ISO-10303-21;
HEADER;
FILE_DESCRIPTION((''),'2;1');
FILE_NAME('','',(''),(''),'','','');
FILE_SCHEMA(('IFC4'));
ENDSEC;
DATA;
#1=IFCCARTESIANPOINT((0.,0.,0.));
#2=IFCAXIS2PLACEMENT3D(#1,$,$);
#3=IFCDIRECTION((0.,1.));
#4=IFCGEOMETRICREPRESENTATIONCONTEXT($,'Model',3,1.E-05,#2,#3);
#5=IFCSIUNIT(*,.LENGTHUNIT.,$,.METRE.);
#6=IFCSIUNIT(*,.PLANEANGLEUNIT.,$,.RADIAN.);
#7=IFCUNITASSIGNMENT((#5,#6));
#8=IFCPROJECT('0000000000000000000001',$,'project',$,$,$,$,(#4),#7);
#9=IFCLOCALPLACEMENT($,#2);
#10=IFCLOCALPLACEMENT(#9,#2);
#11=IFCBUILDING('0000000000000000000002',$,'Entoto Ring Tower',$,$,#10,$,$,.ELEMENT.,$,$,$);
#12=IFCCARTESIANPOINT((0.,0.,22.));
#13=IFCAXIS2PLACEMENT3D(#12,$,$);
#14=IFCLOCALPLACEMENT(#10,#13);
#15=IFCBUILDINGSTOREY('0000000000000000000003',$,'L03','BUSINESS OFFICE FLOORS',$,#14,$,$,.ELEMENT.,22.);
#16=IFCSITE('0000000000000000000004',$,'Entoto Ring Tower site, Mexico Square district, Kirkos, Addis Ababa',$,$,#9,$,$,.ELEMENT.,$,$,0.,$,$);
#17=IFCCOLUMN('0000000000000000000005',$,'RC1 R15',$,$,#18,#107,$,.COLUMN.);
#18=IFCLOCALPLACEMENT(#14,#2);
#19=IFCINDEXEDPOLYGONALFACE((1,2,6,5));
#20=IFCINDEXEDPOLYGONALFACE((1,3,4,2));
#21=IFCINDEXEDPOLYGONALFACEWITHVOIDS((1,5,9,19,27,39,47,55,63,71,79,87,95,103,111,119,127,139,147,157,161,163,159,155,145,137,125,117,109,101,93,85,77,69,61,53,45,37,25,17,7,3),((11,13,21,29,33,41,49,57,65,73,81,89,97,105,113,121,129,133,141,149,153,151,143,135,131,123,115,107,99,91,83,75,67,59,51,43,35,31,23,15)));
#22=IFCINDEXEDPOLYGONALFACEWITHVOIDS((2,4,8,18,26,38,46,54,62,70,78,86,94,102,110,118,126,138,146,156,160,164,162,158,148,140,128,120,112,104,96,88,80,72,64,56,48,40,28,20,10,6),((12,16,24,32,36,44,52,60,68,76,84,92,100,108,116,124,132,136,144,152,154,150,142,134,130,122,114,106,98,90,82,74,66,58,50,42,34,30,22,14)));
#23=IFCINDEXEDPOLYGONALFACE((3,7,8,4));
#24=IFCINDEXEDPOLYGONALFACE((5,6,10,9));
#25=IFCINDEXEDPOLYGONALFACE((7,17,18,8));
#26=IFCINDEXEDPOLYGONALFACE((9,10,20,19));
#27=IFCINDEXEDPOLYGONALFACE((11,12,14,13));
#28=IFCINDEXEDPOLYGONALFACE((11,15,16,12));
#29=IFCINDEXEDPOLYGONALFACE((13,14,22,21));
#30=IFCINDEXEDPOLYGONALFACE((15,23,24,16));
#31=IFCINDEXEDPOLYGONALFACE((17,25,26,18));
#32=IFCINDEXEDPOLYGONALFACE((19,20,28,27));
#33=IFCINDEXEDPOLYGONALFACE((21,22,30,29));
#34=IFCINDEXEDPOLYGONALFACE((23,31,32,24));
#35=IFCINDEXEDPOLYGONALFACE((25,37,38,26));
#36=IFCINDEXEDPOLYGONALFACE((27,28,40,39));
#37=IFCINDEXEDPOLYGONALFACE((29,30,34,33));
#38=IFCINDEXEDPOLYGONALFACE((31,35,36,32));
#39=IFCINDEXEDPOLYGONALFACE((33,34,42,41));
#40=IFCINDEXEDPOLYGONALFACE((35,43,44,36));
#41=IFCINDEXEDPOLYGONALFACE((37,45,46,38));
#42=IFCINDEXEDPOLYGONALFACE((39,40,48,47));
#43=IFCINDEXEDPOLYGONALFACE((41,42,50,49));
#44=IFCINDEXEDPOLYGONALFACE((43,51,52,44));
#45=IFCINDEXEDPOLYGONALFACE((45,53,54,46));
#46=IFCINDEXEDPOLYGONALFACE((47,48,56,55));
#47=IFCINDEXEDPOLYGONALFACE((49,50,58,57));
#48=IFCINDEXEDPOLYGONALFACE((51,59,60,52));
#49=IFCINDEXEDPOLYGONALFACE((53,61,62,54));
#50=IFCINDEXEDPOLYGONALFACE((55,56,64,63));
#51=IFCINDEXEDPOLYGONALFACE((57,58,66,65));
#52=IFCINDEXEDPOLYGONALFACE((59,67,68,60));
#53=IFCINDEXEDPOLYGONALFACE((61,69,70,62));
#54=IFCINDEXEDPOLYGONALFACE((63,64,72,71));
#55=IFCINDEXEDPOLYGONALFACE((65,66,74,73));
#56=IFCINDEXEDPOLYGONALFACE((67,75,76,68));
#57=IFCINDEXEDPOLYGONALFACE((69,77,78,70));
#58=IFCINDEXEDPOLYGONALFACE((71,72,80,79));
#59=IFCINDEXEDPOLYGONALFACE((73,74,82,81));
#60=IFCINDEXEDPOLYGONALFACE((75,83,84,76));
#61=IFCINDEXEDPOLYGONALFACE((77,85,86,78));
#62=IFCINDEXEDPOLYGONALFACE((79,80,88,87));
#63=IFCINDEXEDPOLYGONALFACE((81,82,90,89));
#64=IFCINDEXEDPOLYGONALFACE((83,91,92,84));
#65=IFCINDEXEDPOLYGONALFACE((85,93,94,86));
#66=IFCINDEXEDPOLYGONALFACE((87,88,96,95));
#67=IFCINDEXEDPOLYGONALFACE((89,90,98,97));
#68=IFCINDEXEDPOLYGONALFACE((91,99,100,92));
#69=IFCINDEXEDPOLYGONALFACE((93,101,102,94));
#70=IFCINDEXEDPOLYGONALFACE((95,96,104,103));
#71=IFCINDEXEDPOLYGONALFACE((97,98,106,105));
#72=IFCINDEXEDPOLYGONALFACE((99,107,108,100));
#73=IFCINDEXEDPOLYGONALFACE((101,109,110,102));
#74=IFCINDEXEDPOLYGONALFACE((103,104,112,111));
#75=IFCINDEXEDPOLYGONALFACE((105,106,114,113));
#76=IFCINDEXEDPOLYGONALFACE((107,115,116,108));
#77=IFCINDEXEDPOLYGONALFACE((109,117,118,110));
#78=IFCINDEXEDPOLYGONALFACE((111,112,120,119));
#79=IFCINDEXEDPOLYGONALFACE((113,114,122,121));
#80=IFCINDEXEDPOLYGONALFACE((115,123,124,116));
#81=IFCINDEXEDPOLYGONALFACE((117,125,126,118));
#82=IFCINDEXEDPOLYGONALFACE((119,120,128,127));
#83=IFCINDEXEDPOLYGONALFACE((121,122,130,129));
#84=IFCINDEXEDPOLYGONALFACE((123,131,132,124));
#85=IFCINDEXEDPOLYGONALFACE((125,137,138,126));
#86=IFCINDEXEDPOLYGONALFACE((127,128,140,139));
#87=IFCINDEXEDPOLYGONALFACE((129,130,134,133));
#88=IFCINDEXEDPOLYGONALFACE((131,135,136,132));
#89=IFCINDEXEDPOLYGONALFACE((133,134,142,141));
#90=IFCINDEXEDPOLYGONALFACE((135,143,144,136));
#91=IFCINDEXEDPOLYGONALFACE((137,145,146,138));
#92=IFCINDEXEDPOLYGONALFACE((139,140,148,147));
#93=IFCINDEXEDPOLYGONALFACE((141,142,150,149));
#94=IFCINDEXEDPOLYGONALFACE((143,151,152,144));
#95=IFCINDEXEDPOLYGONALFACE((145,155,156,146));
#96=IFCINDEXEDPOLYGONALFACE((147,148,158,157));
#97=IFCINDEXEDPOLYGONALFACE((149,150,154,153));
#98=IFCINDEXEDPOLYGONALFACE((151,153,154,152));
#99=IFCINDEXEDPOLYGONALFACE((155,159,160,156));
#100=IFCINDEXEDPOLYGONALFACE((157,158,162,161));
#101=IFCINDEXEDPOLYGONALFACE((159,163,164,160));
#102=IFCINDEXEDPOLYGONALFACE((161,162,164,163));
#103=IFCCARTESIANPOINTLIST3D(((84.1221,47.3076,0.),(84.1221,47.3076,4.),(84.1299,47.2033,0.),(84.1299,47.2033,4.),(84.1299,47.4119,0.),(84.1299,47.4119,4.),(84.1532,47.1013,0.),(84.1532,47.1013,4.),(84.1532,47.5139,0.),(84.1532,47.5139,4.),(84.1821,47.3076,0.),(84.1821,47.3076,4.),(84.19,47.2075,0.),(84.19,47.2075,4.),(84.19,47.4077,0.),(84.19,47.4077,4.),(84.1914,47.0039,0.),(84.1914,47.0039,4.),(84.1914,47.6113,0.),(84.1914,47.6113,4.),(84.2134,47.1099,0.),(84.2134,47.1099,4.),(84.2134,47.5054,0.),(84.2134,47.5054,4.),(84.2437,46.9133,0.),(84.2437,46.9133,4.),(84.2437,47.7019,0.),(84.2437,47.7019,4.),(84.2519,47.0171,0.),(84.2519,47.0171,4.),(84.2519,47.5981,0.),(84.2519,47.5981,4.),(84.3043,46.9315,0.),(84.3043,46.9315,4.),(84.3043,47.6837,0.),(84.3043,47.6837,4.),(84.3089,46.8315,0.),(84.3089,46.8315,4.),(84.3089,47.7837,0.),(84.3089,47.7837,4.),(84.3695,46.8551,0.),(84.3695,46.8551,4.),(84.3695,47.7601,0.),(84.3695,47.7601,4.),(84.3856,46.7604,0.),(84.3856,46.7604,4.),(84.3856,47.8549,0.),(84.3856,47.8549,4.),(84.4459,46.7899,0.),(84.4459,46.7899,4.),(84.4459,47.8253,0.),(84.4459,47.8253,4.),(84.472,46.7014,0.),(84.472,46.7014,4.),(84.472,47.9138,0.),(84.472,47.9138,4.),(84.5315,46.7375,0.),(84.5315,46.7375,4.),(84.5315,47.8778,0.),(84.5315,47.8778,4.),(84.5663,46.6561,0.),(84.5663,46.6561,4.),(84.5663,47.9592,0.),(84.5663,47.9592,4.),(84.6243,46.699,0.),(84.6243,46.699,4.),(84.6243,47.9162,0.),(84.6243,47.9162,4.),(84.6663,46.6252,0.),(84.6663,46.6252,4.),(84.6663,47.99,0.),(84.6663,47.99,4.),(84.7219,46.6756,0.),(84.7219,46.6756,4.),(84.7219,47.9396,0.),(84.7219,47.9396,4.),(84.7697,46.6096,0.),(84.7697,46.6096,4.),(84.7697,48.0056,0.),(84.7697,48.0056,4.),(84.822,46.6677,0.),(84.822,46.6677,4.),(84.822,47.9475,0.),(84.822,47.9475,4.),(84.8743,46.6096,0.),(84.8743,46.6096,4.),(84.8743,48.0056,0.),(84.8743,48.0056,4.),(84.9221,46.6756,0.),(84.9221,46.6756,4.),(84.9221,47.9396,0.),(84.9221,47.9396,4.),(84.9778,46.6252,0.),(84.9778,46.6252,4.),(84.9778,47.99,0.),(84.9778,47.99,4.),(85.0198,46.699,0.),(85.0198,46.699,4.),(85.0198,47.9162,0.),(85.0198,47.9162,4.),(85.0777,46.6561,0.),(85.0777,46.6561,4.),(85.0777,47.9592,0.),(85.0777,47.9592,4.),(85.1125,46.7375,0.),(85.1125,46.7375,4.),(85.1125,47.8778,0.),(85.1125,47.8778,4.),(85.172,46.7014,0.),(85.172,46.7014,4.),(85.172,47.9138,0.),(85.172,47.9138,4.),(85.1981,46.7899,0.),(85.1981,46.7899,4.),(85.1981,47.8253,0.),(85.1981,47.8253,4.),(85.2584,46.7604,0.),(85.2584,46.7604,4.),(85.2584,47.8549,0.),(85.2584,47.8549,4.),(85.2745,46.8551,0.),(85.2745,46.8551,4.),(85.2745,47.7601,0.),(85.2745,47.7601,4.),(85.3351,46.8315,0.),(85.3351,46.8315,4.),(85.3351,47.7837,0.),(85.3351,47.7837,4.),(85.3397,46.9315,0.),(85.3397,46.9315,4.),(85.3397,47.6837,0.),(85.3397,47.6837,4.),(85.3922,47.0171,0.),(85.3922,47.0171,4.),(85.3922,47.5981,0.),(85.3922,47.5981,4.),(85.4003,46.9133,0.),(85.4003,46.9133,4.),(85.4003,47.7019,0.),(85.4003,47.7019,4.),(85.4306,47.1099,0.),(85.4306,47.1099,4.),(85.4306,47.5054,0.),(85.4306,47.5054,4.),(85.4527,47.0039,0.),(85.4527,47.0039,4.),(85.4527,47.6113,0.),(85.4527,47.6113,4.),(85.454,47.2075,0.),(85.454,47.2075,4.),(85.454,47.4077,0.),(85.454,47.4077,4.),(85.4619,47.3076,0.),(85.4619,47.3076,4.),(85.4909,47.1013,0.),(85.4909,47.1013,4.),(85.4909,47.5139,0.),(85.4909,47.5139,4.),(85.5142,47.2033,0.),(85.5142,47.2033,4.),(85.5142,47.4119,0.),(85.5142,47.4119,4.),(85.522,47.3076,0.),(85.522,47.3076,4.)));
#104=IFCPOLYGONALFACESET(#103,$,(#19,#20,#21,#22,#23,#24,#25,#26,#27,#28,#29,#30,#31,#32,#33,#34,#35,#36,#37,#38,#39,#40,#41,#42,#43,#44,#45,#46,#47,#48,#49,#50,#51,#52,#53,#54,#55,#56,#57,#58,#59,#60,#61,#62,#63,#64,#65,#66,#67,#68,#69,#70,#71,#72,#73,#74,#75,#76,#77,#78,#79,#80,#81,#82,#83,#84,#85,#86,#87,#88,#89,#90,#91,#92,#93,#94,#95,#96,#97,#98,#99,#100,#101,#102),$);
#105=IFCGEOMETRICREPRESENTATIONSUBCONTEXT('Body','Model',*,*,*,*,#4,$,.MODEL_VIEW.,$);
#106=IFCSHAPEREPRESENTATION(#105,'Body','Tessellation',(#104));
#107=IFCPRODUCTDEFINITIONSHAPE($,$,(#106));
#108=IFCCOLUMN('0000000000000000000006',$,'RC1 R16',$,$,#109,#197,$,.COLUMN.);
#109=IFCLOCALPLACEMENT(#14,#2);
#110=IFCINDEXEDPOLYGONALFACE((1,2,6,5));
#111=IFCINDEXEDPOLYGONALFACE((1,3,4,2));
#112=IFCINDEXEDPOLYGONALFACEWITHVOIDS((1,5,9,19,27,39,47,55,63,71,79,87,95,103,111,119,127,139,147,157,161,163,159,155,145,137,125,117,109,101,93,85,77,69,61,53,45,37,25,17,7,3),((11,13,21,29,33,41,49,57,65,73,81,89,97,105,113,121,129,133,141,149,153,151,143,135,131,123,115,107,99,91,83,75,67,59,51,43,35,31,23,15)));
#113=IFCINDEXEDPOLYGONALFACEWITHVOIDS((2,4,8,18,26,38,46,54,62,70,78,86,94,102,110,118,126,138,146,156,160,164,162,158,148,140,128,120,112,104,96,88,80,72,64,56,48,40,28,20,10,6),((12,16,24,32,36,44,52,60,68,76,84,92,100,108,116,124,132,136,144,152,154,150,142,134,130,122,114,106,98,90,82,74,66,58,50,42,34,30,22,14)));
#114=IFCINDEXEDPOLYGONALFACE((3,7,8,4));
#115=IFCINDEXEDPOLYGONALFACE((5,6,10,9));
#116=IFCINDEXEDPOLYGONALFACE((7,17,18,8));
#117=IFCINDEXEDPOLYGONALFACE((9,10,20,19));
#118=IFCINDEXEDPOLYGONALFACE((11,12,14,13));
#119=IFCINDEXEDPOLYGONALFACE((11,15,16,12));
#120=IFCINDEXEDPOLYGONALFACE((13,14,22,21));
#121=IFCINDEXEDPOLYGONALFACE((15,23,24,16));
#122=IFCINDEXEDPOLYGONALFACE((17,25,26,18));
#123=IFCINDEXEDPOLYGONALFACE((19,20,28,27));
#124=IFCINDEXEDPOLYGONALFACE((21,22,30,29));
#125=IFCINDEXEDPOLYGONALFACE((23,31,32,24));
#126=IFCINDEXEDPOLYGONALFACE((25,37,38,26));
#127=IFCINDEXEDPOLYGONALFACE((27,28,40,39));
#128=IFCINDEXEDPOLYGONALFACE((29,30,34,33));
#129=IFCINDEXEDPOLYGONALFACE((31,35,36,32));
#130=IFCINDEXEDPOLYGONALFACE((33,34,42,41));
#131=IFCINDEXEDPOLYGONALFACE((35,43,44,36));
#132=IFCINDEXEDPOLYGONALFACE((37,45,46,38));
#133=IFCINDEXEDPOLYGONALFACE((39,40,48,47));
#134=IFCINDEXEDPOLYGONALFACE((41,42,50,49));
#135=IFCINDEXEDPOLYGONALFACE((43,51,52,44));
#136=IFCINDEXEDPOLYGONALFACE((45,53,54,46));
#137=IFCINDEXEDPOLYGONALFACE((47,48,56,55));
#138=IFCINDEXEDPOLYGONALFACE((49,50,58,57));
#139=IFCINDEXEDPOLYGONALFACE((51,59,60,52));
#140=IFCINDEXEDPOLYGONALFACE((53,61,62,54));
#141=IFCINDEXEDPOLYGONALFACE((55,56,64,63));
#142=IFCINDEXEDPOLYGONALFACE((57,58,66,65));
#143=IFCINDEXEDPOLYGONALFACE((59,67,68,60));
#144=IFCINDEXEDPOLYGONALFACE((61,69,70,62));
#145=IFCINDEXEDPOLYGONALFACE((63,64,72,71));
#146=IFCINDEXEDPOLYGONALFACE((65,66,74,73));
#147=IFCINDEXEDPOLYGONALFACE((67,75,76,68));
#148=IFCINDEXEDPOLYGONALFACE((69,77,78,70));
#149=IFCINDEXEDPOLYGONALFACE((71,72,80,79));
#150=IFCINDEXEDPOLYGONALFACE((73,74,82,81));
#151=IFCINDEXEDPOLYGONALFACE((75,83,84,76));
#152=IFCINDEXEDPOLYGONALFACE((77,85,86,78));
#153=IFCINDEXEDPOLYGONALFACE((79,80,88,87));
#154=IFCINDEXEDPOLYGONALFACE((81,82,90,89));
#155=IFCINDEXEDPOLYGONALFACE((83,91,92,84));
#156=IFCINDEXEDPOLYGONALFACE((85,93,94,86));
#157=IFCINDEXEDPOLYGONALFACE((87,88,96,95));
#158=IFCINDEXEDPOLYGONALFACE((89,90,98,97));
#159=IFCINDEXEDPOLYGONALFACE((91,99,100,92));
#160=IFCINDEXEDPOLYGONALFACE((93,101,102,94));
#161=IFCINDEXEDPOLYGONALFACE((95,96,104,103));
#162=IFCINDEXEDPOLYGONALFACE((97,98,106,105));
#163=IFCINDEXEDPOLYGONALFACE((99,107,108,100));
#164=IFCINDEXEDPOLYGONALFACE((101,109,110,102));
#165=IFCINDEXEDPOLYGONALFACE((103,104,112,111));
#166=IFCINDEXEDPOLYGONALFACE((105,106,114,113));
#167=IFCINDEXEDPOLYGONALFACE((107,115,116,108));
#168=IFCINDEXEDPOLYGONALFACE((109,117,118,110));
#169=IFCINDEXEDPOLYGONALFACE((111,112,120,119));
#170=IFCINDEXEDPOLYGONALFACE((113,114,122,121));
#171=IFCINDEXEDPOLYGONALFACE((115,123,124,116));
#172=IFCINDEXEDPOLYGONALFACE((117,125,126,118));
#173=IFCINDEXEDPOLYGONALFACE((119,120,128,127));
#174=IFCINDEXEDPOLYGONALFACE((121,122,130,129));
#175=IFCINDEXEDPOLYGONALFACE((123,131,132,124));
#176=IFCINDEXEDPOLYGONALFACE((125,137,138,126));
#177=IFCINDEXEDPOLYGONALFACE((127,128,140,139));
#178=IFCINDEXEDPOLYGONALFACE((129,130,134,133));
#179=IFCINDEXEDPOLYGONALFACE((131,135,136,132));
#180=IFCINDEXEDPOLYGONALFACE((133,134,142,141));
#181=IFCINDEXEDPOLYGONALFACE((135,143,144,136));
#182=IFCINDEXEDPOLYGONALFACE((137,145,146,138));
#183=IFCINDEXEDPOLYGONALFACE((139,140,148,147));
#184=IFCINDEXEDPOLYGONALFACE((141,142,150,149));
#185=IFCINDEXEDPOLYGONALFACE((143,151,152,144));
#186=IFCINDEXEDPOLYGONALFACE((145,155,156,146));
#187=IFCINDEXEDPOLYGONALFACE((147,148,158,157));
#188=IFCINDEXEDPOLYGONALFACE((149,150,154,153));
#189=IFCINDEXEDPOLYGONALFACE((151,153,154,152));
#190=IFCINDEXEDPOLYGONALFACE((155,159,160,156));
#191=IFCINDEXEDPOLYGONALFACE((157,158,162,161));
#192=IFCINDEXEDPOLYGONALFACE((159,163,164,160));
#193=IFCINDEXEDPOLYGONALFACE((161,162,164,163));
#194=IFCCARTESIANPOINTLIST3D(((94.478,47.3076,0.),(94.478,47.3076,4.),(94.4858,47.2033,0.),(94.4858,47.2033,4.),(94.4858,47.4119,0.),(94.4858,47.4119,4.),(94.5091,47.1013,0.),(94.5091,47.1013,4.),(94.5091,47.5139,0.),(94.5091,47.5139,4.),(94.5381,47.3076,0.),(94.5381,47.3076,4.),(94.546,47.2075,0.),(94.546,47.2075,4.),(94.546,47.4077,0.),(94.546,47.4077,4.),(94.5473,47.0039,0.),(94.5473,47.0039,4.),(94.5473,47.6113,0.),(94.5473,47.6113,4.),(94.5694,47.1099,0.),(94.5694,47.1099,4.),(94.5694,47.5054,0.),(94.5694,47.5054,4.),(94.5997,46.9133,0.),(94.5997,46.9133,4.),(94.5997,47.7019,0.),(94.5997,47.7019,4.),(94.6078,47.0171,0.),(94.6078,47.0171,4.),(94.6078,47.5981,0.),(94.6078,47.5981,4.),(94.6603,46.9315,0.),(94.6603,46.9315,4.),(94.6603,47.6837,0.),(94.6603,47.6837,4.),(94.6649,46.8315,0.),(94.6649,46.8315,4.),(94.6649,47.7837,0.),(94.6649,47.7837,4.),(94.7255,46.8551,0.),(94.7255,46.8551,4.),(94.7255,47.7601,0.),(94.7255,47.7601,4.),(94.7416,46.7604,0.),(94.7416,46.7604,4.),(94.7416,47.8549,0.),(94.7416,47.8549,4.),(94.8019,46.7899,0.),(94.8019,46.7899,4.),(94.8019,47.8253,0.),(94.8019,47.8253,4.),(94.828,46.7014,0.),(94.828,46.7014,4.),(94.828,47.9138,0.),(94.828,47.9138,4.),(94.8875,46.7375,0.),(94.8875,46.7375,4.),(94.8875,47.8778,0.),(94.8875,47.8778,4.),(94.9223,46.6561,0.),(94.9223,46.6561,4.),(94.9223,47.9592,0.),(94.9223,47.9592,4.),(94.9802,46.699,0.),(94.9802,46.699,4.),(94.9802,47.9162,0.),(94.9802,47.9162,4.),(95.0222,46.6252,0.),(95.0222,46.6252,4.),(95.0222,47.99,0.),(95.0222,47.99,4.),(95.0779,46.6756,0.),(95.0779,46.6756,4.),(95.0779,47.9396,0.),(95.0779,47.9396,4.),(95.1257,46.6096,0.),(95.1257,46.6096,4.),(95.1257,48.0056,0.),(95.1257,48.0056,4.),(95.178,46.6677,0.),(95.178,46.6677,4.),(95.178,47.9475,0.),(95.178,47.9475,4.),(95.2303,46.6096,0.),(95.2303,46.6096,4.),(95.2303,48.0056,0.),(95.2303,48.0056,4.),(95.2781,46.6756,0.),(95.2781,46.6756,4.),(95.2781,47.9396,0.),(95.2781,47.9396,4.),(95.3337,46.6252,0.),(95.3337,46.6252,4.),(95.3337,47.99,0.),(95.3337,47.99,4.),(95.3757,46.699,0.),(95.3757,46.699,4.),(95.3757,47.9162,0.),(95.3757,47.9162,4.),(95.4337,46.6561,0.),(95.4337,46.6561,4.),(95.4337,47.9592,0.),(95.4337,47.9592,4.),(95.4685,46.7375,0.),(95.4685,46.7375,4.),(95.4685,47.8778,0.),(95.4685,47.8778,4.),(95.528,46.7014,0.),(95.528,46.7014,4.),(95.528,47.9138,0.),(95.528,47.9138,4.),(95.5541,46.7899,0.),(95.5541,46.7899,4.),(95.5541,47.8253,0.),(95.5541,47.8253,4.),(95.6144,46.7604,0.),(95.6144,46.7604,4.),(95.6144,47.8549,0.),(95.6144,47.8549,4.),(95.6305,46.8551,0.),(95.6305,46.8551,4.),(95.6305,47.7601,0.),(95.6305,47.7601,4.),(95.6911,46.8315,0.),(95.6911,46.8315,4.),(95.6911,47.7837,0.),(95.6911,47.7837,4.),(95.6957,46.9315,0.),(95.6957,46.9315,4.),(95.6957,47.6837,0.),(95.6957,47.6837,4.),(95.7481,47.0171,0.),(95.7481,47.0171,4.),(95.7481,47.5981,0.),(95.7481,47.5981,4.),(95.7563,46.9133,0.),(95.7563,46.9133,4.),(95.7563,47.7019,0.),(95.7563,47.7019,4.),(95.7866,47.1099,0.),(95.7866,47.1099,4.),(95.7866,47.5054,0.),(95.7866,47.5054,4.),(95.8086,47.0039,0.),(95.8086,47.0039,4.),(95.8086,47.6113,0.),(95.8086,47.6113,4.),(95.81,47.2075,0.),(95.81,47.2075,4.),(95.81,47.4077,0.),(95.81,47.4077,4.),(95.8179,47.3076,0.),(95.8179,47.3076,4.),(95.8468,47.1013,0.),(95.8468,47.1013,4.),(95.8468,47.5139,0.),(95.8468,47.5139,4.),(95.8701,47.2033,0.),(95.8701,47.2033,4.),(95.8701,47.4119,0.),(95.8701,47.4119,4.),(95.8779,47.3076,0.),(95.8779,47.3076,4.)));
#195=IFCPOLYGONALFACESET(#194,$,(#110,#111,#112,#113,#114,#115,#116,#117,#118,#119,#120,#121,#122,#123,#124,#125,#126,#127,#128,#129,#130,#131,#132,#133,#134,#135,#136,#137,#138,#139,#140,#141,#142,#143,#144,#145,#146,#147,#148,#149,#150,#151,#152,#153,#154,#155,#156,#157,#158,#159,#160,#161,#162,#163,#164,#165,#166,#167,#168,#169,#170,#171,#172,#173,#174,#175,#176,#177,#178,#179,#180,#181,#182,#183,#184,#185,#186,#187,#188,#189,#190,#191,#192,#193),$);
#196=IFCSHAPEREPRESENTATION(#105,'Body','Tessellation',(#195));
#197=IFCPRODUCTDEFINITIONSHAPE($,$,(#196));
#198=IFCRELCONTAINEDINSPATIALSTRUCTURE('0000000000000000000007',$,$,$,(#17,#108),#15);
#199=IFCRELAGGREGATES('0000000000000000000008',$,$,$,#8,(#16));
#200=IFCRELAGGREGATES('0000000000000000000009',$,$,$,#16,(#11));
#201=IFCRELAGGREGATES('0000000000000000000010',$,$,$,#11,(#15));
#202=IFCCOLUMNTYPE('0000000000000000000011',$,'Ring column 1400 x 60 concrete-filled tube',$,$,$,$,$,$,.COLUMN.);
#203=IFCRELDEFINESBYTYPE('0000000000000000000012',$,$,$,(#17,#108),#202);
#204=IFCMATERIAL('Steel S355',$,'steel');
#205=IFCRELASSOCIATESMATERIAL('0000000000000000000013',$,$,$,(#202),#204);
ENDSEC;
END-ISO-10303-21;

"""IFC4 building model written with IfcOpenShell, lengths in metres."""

from ifc_helpers import new_model, si_unit, direction, frame, origin, origin_2d, place, context, subcontext, project, spatial, circle, hollow_circle, extrude, material, material_profile, profile_set, type_object, element, save


model = new_model("IFC4")

# Units and contexts
model_context = context("Model", 3, precision=1e-05, world=origin(), true_north=direction((0.0, 1.0)))
body_context = subcontext(model_context, "Body", "Model", "MODEL_VIEW")
ifc_project = project(units=[si_unit("LENGTHUNIT", "METRE"), si_unit("PLANEANGLEUNIT", "RADIAN")], contexts=[model_context])

# Site, building, storey
site_placement = place(None, origin())
site = spatial("IfcSite", under=ifc_project, at=site_placement, Name="Entoto Ring Tower site, Mexico Square district, Kirkos, Addis Ababa", CompositionType="ELEMENT", RefElevation=0.0)
building_placement = place(site_placement, origin())
building = spatial("IfcBuilding", under=site, at=building_placement, Name="Entoto Ring Tower", CompositionType="ELEMENT")
storey_placement = place(building_placement, frame((0.0, 0.0, 22.0)))
storey = spatial("IfcBuildingStorey", under=building, at=storey_placement, Name="L03", Description="BUSINESS OFFICE FLOORS", CompositionType="ELEMENT", Elevation=22.0)

# Columns
ifc_material_1 = material(Name="Steel S355", Category="steel")
ifc_material_profile_1 = material_profile(ifc_material_1, hollow_circle(Radius=0.7, WallThickness=0.0601, at=origin_2d()), Name="CHS 1400 x 60")
ifc_material_2 = material(Name="Concrete C60/75", Category="concrete")
ifc_material_profile_2 = material_profile(ifc_material_2, circle(Radius=0.6399, at=origin_2d()), Name="Concrete C60/75 infill")
ifc_profile_set_1 = profile_set([ifc_material_profile_1, ifc_material_profile_2], Name="Steel S355")
column_type = type_object("IfcColumnType", Name="Ring column 1400 x 60 concrete-filled tube", PredefinedType="COLUMN", material=ifc_profile_set_1)
for number, where, z_axis, x_axis, name in (
    (1, (84.822, 47.3076, 0.0), (0.0, 0.0, 1.0), (1.0, 0.0, 0.0), "RC1 R15"),
    (2, (95.178, 47.3076, 0.0), (0.0, 0.0, 1.0), (1.0, 0.0, 0.0), "RC1 R16"),
):
    element("IfcColumn", number, at=place(storey_placement, frame(where, z_axis=z_axis, x_axis=x_axis)), inside=storey, type_object=column_type, Name=name, PredefinedType="COLUMN", context=body_context, shape_type="SweptSolid", body=[
        extrude(hollow_circle(Radius=0.7, WallThickness=0.0601, at=origin_2d()), origin(), (0.0, 0.0, 1.0), 4.0),
    ])

save(model, "model.ifc")
